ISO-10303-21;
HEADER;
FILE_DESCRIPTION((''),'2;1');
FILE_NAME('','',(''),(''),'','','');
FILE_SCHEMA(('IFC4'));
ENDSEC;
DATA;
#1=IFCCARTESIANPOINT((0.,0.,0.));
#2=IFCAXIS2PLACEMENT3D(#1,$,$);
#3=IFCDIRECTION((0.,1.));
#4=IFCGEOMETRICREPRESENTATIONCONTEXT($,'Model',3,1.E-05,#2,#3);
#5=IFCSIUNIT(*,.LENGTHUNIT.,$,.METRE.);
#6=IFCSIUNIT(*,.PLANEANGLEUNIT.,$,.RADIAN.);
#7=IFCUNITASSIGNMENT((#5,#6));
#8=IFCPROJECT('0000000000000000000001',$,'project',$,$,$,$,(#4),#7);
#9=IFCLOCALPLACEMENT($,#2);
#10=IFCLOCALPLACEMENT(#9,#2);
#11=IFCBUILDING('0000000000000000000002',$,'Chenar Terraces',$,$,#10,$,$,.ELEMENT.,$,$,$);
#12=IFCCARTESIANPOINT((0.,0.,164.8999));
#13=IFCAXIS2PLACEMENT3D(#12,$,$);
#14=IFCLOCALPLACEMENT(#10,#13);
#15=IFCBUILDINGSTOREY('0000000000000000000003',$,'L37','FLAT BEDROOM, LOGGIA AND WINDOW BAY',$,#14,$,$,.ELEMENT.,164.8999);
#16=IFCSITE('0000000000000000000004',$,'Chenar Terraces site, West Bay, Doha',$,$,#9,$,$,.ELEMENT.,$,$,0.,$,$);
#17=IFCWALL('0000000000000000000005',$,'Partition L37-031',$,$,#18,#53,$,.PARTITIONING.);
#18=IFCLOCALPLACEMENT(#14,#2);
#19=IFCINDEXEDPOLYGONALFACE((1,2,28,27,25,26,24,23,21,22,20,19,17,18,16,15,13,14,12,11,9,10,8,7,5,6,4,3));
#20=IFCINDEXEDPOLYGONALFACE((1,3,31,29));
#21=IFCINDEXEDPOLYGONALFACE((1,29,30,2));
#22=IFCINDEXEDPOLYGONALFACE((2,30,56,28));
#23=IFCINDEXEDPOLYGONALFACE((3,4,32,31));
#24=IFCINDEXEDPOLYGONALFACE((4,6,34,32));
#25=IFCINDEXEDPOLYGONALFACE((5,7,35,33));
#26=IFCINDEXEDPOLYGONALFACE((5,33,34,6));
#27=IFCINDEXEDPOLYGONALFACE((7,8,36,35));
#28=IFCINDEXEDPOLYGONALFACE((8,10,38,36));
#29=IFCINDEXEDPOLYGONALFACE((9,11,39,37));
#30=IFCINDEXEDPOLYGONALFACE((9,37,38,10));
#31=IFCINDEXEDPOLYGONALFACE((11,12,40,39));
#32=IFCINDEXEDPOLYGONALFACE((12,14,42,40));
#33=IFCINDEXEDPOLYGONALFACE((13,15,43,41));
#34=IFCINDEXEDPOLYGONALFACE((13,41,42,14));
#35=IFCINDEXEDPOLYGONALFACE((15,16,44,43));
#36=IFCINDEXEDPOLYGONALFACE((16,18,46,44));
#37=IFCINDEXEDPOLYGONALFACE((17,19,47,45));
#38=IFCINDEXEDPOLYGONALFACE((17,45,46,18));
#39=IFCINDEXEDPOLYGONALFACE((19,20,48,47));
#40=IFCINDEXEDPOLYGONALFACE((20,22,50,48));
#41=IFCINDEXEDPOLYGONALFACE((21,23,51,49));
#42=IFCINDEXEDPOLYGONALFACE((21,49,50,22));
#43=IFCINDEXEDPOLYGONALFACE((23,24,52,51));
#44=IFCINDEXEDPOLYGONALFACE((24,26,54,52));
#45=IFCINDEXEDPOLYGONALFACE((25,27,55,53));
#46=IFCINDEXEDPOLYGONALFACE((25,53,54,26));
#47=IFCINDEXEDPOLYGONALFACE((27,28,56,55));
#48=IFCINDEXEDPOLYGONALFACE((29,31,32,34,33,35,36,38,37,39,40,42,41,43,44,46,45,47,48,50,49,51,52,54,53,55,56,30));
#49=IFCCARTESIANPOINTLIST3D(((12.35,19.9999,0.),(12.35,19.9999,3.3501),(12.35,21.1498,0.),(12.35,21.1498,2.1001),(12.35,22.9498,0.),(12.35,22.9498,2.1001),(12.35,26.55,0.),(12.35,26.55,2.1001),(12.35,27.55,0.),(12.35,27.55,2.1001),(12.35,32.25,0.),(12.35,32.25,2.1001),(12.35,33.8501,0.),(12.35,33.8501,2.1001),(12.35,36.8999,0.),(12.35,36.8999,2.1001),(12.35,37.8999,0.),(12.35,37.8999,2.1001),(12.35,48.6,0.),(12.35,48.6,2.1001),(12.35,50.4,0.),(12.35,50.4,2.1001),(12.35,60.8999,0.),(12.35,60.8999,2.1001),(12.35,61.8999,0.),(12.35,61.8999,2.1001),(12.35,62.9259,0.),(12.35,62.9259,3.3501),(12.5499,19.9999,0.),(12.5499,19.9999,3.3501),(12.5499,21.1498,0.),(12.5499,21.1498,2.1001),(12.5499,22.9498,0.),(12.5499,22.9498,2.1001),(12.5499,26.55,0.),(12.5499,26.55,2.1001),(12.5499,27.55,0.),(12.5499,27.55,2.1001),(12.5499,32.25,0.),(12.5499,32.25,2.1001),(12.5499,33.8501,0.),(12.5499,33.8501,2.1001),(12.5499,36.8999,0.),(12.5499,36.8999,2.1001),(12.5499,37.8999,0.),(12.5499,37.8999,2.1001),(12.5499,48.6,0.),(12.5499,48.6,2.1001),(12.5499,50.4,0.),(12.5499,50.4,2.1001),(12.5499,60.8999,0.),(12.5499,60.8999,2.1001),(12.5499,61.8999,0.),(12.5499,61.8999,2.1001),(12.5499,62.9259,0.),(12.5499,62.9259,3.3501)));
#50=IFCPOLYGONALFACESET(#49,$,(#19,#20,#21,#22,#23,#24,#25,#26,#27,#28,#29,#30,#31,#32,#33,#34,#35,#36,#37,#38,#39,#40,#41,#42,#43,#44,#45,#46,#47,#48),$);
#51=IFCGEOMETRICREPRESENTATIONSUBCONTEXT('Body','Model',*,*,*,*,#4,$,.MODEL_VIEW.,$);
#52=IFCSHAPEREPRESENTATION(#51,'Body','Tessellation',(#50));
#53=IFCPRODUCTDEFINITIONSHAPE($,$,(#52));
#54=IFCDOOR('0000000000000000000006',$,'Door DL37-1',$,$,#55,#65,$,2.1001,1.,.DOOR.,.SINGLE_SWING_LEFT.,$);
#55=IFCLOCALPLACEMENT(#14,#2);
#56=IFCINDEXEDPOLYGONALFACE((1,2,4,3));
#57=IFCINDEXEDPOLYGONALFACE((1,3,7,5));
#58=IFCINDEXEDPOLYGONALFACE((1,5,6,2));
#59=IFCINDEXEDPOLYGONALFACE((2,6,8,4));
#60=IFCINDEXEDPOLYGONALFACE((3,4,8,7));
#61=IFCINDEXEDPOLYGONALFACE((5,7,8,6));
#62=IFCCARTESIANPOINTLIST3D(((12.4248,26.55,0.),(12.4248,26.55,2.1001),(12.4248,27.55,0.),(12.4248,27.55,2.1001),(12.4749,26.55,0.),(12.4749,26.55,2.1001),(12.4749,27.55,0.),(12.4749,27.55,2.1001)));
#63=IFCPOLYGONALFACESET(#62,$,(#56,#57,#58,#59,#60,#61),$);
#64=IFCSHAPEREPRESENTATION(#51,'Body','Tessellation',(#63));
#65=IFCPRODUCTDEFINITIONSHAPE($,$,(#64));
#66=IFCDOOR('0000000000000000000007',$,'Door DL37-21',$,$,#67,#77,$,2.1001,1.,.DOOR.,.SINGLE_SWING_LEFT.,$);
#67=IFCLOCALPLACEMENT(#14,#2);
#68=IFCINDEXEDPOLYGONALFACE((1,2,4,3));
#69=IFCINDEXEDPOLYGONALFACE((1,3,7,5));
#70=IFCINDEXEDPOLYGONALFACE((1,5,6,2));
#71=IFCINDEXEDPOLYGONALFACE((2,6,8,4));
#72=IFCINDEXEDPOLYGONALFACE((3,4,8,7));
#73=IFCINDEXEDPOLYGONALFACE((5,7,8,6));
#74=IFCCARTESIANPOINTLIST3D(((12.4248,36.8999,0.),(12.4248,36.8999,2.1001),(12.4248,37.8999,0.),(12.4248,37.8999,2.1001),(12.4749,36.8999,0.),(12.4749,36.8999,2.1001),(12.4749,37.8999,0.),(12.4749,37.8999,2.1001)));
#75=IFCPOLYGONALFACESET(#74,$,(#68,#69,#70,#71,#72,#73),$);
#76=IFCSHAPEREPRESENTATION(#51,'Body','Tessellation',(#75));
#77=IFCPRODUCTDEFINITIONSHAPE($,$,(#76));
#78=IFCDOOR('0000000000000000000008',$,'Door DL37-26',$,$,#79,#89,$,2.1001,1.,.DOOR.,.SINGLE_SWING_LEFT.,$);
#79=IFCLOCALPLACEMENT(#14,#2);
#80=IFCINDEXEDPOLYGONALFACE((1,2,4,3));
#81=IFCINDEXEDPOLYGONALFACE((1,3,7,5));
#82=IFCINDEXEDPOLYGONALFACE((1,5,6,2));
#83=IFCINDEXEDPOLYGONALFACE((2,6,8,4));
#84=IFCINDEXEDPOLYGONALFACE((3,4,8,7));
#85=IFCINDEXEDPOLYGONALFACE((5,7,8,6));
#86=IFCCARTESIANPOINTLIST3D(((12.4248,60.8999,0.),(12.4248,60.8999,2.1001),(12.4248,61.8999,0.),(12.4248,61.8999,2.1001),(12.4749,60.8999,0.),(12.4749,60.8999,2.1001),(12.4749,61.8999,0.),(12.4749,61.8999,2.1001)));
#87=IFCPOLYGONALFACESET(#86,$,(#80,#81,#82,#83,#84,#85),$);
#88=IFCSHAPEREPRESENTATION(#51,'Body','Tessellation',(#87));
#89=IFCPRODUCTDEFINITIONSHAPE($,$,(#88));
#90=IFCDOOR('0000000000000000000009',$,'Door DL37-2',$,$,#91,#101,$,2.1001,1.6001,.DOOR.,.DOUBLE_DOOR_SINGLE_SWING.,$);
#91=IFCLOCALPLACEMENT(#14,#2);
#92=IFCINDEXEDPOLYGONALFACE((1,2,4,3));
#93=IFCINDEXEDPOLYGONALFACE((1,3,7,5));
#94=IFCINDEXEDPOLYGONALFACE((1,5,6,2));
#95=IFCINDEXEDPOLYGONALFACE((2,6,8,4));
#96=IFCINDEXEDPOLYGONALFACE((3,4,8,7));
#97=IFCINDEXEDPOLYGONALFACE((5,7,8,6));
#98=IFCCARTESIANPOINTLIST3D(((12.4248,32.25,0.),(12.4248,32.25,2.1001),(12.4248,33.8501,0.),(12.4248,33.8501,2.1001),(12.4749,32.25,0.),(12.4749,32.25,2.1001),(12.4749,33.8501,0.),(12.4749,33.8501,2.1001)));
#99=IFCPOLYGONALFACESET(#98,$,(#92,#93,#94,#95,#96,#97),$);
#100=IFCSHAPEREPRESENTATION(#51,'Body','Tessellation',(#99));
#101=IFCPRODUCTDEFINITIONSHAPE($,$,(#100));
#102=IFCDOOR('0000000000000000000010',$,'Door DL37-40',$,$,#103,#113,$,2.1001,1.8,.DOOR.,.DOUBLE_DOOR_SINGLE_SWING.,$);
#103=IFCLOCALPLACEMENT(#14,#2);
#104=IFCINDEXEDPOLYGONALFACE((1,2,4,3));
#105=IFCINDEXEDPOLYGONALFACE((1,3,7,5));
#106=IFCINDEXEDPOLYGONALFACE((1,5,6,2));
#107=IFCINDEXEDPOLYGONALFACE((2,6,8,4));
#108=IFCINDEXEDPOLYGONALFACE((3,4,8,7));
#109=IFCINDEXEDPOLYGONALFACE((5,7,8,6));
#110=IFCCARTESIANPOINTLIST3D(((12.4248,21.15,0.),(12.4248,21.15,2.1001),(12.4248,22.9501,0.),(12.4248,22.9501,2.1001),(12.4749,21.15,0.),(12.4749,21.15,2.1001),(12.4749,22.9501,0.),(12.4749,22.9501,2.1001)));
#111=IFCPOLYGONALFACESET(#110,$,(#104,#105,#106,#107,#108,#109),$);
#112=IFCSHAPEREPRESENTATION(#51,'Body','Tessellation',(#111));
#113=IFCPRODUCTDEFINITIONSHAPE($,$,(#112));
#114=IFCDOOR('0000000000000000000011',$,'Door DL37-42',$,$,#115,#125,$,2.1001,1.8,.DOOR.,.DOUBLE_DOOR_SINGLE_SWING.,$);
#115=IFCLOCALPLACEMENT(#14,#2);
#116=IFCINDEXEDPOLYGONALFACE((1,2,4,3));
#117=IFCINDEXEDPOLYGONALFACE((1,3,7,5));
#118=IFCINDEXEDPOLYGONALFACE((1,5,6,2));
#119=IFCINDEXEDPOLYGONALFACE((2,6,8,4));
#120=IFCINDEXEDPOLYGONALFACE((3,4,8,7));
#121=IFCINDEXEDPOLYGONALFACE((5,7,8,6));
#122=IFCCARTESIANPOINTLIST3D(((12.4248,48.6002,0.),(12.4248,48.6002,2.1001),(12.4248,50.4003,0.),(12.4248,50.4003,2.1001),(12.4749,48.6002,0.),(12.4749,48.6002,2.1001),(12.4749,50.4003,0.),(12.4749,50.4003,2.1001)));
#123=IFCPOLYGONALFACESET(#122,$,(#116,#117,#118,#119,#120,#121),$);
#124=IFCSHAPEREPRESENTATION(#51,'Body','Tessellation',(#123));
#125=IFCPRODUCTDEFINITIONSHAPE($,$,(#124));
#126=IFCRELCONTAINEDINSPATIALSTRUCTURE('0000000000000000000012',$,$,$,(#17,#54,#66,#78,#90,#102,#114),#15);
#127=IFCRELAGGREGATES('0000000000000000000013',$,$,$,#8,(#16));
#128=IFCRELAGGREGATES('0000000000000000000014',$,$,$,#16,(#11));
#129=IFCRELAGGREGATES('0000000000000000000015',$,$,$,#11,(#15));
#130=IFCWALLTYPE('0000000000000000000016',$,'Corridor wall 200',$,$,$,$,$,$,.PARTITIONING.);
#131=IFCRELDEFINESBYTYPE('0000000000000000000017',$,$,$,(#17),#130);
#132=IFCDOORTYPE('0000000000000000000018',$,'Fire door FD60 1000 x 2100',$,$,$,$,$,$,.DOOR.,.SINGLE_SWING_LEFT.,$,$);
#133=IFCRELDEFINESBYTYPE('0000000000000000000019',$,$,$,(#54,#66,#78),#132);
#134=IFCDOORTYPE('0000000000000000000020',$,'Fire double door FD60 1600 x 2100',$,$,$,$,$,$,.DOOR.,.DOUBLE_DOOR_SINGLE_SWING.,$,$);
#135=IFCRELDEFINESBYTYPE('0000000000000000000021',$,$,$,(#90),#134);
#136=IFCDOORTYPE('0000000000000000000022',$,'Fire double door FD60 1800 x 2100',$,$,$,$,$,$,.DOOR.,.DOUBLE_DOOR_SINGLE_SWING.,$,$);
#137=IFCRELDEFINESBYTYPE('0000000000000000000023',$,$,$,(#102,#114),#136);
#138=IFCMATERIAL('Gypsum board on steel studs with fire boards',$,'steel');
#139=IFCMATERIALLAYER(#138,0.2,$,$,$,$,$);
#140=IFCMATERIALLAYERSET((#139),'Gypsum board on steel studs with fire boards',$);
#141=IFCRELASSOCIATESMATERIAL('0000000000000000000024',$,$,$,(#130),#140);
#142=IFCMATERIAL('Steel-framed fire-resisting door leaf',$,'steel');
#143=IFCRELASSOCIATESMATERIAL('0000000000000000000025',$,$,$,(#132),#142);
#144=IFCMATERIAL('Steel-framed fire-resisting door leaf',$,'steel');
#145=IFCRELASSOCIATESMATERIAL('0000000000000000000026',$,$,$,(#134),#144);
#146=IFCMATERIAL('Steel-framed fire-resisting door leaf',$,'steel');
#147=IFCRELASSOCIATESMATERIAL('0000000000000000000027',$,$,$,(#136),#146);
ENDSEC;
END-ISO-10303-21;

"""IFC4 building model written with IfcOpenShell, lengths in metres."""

from ifc_helpers import new_model, si_unit, direction, frame, frame_2d, origin, place, context, subcontext, project, spatial, rectangle, extrude, material, layer, layer_set, type_object, element, fill, save


model = new_model("IFC4")

# Units and contexts
model_context = context("Model", 3, precision=1e-05, world=origin(), true_north=direction((0.0, 1.0)))
body_context = subcontext(model_context, "Body", "Model", "MODEL_VIEW")
ifc_project = project(units=[si_unit("LENGTHUNIT", "METRE"), si_unit("PLANEANGLEUNIT", "RADIAN")], contexts=[model_context])

# Site, building, storey
site_placement = place(None, origin())
site = spatial("IfcSite", under=ifc_project, at=site_placement, Name="Chenar Terraces site, West Bay, Doha", CompositionType="ELEMENT", RefElevation=0.0)
building_placement = place(site_placement, origin())
building = spatial("IfcBuilding", under=site, at=building_placement, Name="Chenar Terraces", CompositionType="ELEMENT")
storey_placement = place(building_placement, frame((0.0, 0.0, 164.8999)))
storey = spatial("IfcBuildingStorey", under=building, at=storey_placement, Name="L37", Description="FLAT BEDROOM, LOGGIA AND WINDOW BAY", CompositionType="ELEMENT", Elevation=164.8999)

# Wall, openings, doors
ifc_material_1 = material(Name="Gypsum board on steel studs with fire boards", Category="steel")
ifc_layer_1 = layer(ifc_material_1, 0.2)
ifc_layer_set_1 = layer_set([ifc_layer_1], Name="Gypsum board on steel studs with fire boards")
wall_type_1 = type_object("IfcWallType", Name="Corridor wall 200", PredefinedType="PARTITIONING", material=ifc_layer_set_1)
wall_1_placement = place(storey_placement, frame((12.45, 20.0, 0.0), z_axis=(0.0, 0.0, 1.0), x_axis=(0.0, 1.0, 0.0)))
wall_1 = element("IfcWall", 1, at=wall_1_placement, inside=storey, type_object=wall_type_1, Name="Partition L37-031", PredefinedType="PARTITIONING", context=body_context, shape_type="SweptSolid", body=[
    extrude(rectangle(XDim=42.926, YDim=0.2, at=frame_2d((21.4629, 0.0))), origin(), (0.0, 0.0, 1.0), 3.3501),
])
opening_1_placement = place(wall_1_placement, frame((6.55, 0.0, 0.0)))
opening_1 = element("IfcOpeningElement", 2, at=opening_1_placement, cuts=wall_1, PredefinedType="OPENING", context=body_context, shape_type="SweptSolid", body=[
    extrude(rectangle(XDim=1.0, YDim=2.1001, at=frame_2d((0.5, 1.05))), frame((0.0, 0.1099, 0.0), z_axis=(0.0, -1.0, 0.0), x_axis=(1.0, 0.0, 0.0)), (0.0, 0.0, 1.0), 0.22),
])
opening_2_placement = place(wall_1_placement, frame((12.25, 0.0, 0.0)))
opening_2 = element("IfcOpeningElement", 3, at=opening_2_placement, cuts=wall_1, PredefinedType="OPENING", context=body_context, shape_type="SweptSolid", body=[
    extrude(rectangle(XDim=1.6001, YDim=2.1001, at=frame_2d((0.8, 1.05))), frame((0.0, 0.1099, 0.0), z_axis=(0.0, -1.0, 0.0), x_axis=(1.0, 0.0, 0.0)), (0.0, 0.0, 1.0), 0.22),
])
opening_3_placement = place(wall_1_placement, frame((16.8999, 0.0, 0.0)))
opening_3 = element("IfcOpeningElement", 4, at=opening_3_placement, cuts=wall_1, PredefinedType="OPENING", context=body_context, shape_type="SweptSolid", body=[
    extrude(rectangle(XDim=1.0, YDim=2.1001, at=frame_2d((0.5, 1.05))), frame((0.0, 0.1099, 0.0), z_axis=(0.0, -1.0, 0.0), x_axis=(1.0, 0.0, 0.0)), (0.0, 0.0, 1.0), 0.22),
])
opening_4_placement = place(wall_1_placement, frame((40.8999, 0.0, 0.0)))
opening_4 = element("IfcOpeningElement", 5, at=opening_4_placement, cuts=wall_1, PredefinedType="OPENING", context=body_context, shape_type="SweptSolid", body=[
    extrude(rectangle(XDim=1.0, YDim=2.1001, at=frame_2d((0.5, 1.05))), frame((0.0, 0.1099, 0.0), z_axis=(0.0, -1.0, 0.0), x_axis=(1.0, 0.0, 0.0)), (0.0, 0.0, 1.0), 0.22),
])
opening_5_placement = place(wall_1_placement, frame((1.1499, 0.0, 0.0)))
opening_5 = element("IfcOpeningElement", 6, at=opening_5_placement, cuts=wall_1, PredefinedType="OPENING", context=body_context, shape_type="SweptSolid", body=[
    extrude(rectangle(XDim=1.8, YDim=2.1001, at=frame_2d((0.8999, 1.05))), frame((0.0, 0.1099, 0.0), z_axis=(0.0, -1.0, 0.0), x_axis=(1.0, 0.0, 0.0)), (0.0, 0.0, 1.0), 0.22),
])
opening_6_placement = place(wall_1_placement, frame((28.6001, 0.0, 0.0)))
opening_6 = element("IfcOpeningElement", 7, at=opening_6_placement, cuts=wall_1, PredefinedType="OPENING", context=body_context, shape_type="SweptSolid", body=[
    extrude(rectangle(XDim=1.8, YDim=2.1001, at=frame_2d((0.8999, 1.05))), frame((0.0, 0.1099, 0.0), z_axis=(0.0, -1.0, 0.0), x_axis=(1.0, 0.0, 0.0)), (0.0, 0.0, 1.0), 0.22),
])
ifc_material_2 = material(Name="Steel-framed fire-resisting door leaf", Category="steel")
door_type_1 = type_object("IfcDoorType", Name="Fire door FD60 1000 x 2100", OperationType="SINGLE_SWING_LEFT", PredefinedType="DOOR", material=ifc_material_2)
door_1_placement = place(opening_1_placement, frame((1.0, 0.0, 0.0), z_axis=(0.0, 0.0, 1.0), x_axis=(-1.0, 0.0, 0.0)))
door_1 = element("IfcDoor", 8, at=door_1_placement, inside=storey, type_object=door_type_1, Name="Door DL37-1", OperationType="SINGLE_SWING_LEFT", OverallHeight=2.1001, OverallWidth=1.0, PredefinedType="DOOR", context=body_context, shape_type="SweptSolid", body=[
    extrude(rectangle(XDim=1.0, YDim=2.1001, at=frame_2d((0.5, 1.05))), frame((0.0, 0.0249, 0.0), z_axis=(0.0, -1.0, 0.0), x_axis=(1.0, 0.0, 0.0)), (0.0, 0.0, 1.0), 0.05),
])
fill(opening_1, door_1)
door_2_placement = place(opening_3_placement, frame((1.0, 0.0, 0.0), z_axis=(0.0, 0.0, 1.0), x_axis=(-1.0, 0.0, 0.0)))
door_2 = element("IfcDoor", 9, at=door_2_placement, inside=storey, type_object=door_type_1, Name="Door DL37-21", OperationType="SINGLE_SWING_LEFT", OverallHeight=2.1001, OverallWidth=1.0, PredefinedType="DOOR", context=body_context, shape_type="SweptSolid", body=[
    extrude(rectangle(XDim=1.0, YDim=2.1001, at=frame_2d((0.5, 1.05))), frame((0.0, 0.0249, 0.0), z_axis=(0.0, -1.0, 0.0), x_axis=(1.0, 0.0, 0.0)), (0.0, 0.0, 1.0), 0.05),
])
fill(opening_3, door_2)
door_3_placement = place(opening_4_placement, frame((1.0, 0.0, 0.0), z_axis=(0.0, 0.0, 1.0), x_axis=(-1.0, 0.0, 0.0)))
door_3 = element("IfcDoor", 10, at=door_3_placement, inside=storey, type_object=door_type_1, Name="Door DL37-26", OperationType="SINGLE_SWING_LEFT", OverallHeight=2.1001, OverallWidth=1.0, PredefinedType="DOOR", context=body_context, shape_type="SweptSolid", body=[
    extrude(rectangle(XDim=1.0, YDim=2.1001, at=frame_2d((0.5, 1.05))), frame((0.0, 0.0249, 0.0), z_axis=(0.0, -1.0, 0.0), x_axis=(1.0, 0.0, 0.0)), (0.0, 0.0, 1.0), 0.05),
])
fill(opening_4, door_3)
ifc_material_3 = material(Name="Steel-framed fire-resisting door leaf", Category="steel")
door_type_2 = type_object("IfcDoorType", Name="Fire double door FD60 1600 x 2100", OperationType="DOUBLE_DOOR_SINGLE_SWING", PredefinedType="DOOR", material=ifc_material_3)
door_4_placement = place(opening_2_placement, frame((1.6001, 0.0, 0.0), z_axis=(0.0, 0.0, 1.0), x_axis=(-1.0, 0.0, 0.0)))
door_4 = element("IfcDoor", 11, at=door_4_placement, inside=storey, type_object=door_type_2, Name="Door DL37-2", OperationType="DOUBLE_DOOR_SINGLE_SWING", OverallHeight=2.1001, OverallWidth=1.6001, PredefinedType="DOOR", context=body_context, shape_type="SweptSolid", body=[
    extrude(rectangle(XDim=1.6001, YDim=2.1001, at=frame_2d((0.8, 1.05))), frame((0.0, 0.0249, 0.0), z_axis=(0.0, -1.0, 0.0), x_axis=(1.0, 0.0, 0.0)), (0.0, 0.0, 1.0), 0.05),
])
fill(opening_2, door_4)
ifc_material_4 = material(Name="Steel-framed fire-resisting door leaf", Category="steel")
door_type_3 = type_object("IfcDoorType", Name="Fire double door FD60 1800 x 2100", OperationType="DOUBLE_DOOR_SINGLE_SWING", PredefinedType="DOOR", material=ifc_material_4)
door_5_placement = place(opening_5_placement, frame((1.8, 0.0, 0.0), z_axis=(0.0, 0.0, 1.0), x_axis=(-1.0, 0.0, 0.0)))
door_5 = element("IfcDoor", 12, at=door_5_placement, inside=storey, type_object=door_type_3, Name="Door DL37-40", OperationType="DOUBLE_DOOR_SINGLE_SWING", OverallHeight=2.1001, OverallWidth=1.8, PredefinedType="DOOR", context=body_context, shape_type="SweptSolid", body=[
    extrude(rectangle(XDim=1.8, YDim=2.1001, at=frame_2d((0.8999, 1.05))), frame((0.0, 0.0249, 0.0), z_axis=(0.0, -1.0, 0.0), x_axis=(1.0, 0.0, 0.0)), (0.0, 0.0, 1.0), 0.05),
])
fill(opening_5, door_5)
door_6_placement = place(opening_6_placement, frame((1.8, 0.0, 0.0), z_axis=(0.0, 0.0, 1.0), x_axis=(-1.0, 0.0, 0.0)))
door_6 = element("IfcDoor", 13, at=door_6_placement, inside=storey, type_object=door_type_3, Name="Door DL37-42", OperationType="DOUBLE_DOOR_SINGLE_SWING", OverallHeight=2.1001, OverallWidth=1.8, PredefinedType="DOOR", context=body_context, shape_type="SweptSolid", body=[
    extrude(rectangle(XDim=1.8, YDim=2.1001, at=frame_2d((0.8999, 1.05))), frame((0.0, 0.0249, 0.0), z_axis=(0.0, -1.0, 0.0), x_axis=(1.0, 0.0, 0.0)), (0.0, 0.0, 1.0), 0.05),
])
fill(opening_6, door_6)

save(model, "model.ifc")
